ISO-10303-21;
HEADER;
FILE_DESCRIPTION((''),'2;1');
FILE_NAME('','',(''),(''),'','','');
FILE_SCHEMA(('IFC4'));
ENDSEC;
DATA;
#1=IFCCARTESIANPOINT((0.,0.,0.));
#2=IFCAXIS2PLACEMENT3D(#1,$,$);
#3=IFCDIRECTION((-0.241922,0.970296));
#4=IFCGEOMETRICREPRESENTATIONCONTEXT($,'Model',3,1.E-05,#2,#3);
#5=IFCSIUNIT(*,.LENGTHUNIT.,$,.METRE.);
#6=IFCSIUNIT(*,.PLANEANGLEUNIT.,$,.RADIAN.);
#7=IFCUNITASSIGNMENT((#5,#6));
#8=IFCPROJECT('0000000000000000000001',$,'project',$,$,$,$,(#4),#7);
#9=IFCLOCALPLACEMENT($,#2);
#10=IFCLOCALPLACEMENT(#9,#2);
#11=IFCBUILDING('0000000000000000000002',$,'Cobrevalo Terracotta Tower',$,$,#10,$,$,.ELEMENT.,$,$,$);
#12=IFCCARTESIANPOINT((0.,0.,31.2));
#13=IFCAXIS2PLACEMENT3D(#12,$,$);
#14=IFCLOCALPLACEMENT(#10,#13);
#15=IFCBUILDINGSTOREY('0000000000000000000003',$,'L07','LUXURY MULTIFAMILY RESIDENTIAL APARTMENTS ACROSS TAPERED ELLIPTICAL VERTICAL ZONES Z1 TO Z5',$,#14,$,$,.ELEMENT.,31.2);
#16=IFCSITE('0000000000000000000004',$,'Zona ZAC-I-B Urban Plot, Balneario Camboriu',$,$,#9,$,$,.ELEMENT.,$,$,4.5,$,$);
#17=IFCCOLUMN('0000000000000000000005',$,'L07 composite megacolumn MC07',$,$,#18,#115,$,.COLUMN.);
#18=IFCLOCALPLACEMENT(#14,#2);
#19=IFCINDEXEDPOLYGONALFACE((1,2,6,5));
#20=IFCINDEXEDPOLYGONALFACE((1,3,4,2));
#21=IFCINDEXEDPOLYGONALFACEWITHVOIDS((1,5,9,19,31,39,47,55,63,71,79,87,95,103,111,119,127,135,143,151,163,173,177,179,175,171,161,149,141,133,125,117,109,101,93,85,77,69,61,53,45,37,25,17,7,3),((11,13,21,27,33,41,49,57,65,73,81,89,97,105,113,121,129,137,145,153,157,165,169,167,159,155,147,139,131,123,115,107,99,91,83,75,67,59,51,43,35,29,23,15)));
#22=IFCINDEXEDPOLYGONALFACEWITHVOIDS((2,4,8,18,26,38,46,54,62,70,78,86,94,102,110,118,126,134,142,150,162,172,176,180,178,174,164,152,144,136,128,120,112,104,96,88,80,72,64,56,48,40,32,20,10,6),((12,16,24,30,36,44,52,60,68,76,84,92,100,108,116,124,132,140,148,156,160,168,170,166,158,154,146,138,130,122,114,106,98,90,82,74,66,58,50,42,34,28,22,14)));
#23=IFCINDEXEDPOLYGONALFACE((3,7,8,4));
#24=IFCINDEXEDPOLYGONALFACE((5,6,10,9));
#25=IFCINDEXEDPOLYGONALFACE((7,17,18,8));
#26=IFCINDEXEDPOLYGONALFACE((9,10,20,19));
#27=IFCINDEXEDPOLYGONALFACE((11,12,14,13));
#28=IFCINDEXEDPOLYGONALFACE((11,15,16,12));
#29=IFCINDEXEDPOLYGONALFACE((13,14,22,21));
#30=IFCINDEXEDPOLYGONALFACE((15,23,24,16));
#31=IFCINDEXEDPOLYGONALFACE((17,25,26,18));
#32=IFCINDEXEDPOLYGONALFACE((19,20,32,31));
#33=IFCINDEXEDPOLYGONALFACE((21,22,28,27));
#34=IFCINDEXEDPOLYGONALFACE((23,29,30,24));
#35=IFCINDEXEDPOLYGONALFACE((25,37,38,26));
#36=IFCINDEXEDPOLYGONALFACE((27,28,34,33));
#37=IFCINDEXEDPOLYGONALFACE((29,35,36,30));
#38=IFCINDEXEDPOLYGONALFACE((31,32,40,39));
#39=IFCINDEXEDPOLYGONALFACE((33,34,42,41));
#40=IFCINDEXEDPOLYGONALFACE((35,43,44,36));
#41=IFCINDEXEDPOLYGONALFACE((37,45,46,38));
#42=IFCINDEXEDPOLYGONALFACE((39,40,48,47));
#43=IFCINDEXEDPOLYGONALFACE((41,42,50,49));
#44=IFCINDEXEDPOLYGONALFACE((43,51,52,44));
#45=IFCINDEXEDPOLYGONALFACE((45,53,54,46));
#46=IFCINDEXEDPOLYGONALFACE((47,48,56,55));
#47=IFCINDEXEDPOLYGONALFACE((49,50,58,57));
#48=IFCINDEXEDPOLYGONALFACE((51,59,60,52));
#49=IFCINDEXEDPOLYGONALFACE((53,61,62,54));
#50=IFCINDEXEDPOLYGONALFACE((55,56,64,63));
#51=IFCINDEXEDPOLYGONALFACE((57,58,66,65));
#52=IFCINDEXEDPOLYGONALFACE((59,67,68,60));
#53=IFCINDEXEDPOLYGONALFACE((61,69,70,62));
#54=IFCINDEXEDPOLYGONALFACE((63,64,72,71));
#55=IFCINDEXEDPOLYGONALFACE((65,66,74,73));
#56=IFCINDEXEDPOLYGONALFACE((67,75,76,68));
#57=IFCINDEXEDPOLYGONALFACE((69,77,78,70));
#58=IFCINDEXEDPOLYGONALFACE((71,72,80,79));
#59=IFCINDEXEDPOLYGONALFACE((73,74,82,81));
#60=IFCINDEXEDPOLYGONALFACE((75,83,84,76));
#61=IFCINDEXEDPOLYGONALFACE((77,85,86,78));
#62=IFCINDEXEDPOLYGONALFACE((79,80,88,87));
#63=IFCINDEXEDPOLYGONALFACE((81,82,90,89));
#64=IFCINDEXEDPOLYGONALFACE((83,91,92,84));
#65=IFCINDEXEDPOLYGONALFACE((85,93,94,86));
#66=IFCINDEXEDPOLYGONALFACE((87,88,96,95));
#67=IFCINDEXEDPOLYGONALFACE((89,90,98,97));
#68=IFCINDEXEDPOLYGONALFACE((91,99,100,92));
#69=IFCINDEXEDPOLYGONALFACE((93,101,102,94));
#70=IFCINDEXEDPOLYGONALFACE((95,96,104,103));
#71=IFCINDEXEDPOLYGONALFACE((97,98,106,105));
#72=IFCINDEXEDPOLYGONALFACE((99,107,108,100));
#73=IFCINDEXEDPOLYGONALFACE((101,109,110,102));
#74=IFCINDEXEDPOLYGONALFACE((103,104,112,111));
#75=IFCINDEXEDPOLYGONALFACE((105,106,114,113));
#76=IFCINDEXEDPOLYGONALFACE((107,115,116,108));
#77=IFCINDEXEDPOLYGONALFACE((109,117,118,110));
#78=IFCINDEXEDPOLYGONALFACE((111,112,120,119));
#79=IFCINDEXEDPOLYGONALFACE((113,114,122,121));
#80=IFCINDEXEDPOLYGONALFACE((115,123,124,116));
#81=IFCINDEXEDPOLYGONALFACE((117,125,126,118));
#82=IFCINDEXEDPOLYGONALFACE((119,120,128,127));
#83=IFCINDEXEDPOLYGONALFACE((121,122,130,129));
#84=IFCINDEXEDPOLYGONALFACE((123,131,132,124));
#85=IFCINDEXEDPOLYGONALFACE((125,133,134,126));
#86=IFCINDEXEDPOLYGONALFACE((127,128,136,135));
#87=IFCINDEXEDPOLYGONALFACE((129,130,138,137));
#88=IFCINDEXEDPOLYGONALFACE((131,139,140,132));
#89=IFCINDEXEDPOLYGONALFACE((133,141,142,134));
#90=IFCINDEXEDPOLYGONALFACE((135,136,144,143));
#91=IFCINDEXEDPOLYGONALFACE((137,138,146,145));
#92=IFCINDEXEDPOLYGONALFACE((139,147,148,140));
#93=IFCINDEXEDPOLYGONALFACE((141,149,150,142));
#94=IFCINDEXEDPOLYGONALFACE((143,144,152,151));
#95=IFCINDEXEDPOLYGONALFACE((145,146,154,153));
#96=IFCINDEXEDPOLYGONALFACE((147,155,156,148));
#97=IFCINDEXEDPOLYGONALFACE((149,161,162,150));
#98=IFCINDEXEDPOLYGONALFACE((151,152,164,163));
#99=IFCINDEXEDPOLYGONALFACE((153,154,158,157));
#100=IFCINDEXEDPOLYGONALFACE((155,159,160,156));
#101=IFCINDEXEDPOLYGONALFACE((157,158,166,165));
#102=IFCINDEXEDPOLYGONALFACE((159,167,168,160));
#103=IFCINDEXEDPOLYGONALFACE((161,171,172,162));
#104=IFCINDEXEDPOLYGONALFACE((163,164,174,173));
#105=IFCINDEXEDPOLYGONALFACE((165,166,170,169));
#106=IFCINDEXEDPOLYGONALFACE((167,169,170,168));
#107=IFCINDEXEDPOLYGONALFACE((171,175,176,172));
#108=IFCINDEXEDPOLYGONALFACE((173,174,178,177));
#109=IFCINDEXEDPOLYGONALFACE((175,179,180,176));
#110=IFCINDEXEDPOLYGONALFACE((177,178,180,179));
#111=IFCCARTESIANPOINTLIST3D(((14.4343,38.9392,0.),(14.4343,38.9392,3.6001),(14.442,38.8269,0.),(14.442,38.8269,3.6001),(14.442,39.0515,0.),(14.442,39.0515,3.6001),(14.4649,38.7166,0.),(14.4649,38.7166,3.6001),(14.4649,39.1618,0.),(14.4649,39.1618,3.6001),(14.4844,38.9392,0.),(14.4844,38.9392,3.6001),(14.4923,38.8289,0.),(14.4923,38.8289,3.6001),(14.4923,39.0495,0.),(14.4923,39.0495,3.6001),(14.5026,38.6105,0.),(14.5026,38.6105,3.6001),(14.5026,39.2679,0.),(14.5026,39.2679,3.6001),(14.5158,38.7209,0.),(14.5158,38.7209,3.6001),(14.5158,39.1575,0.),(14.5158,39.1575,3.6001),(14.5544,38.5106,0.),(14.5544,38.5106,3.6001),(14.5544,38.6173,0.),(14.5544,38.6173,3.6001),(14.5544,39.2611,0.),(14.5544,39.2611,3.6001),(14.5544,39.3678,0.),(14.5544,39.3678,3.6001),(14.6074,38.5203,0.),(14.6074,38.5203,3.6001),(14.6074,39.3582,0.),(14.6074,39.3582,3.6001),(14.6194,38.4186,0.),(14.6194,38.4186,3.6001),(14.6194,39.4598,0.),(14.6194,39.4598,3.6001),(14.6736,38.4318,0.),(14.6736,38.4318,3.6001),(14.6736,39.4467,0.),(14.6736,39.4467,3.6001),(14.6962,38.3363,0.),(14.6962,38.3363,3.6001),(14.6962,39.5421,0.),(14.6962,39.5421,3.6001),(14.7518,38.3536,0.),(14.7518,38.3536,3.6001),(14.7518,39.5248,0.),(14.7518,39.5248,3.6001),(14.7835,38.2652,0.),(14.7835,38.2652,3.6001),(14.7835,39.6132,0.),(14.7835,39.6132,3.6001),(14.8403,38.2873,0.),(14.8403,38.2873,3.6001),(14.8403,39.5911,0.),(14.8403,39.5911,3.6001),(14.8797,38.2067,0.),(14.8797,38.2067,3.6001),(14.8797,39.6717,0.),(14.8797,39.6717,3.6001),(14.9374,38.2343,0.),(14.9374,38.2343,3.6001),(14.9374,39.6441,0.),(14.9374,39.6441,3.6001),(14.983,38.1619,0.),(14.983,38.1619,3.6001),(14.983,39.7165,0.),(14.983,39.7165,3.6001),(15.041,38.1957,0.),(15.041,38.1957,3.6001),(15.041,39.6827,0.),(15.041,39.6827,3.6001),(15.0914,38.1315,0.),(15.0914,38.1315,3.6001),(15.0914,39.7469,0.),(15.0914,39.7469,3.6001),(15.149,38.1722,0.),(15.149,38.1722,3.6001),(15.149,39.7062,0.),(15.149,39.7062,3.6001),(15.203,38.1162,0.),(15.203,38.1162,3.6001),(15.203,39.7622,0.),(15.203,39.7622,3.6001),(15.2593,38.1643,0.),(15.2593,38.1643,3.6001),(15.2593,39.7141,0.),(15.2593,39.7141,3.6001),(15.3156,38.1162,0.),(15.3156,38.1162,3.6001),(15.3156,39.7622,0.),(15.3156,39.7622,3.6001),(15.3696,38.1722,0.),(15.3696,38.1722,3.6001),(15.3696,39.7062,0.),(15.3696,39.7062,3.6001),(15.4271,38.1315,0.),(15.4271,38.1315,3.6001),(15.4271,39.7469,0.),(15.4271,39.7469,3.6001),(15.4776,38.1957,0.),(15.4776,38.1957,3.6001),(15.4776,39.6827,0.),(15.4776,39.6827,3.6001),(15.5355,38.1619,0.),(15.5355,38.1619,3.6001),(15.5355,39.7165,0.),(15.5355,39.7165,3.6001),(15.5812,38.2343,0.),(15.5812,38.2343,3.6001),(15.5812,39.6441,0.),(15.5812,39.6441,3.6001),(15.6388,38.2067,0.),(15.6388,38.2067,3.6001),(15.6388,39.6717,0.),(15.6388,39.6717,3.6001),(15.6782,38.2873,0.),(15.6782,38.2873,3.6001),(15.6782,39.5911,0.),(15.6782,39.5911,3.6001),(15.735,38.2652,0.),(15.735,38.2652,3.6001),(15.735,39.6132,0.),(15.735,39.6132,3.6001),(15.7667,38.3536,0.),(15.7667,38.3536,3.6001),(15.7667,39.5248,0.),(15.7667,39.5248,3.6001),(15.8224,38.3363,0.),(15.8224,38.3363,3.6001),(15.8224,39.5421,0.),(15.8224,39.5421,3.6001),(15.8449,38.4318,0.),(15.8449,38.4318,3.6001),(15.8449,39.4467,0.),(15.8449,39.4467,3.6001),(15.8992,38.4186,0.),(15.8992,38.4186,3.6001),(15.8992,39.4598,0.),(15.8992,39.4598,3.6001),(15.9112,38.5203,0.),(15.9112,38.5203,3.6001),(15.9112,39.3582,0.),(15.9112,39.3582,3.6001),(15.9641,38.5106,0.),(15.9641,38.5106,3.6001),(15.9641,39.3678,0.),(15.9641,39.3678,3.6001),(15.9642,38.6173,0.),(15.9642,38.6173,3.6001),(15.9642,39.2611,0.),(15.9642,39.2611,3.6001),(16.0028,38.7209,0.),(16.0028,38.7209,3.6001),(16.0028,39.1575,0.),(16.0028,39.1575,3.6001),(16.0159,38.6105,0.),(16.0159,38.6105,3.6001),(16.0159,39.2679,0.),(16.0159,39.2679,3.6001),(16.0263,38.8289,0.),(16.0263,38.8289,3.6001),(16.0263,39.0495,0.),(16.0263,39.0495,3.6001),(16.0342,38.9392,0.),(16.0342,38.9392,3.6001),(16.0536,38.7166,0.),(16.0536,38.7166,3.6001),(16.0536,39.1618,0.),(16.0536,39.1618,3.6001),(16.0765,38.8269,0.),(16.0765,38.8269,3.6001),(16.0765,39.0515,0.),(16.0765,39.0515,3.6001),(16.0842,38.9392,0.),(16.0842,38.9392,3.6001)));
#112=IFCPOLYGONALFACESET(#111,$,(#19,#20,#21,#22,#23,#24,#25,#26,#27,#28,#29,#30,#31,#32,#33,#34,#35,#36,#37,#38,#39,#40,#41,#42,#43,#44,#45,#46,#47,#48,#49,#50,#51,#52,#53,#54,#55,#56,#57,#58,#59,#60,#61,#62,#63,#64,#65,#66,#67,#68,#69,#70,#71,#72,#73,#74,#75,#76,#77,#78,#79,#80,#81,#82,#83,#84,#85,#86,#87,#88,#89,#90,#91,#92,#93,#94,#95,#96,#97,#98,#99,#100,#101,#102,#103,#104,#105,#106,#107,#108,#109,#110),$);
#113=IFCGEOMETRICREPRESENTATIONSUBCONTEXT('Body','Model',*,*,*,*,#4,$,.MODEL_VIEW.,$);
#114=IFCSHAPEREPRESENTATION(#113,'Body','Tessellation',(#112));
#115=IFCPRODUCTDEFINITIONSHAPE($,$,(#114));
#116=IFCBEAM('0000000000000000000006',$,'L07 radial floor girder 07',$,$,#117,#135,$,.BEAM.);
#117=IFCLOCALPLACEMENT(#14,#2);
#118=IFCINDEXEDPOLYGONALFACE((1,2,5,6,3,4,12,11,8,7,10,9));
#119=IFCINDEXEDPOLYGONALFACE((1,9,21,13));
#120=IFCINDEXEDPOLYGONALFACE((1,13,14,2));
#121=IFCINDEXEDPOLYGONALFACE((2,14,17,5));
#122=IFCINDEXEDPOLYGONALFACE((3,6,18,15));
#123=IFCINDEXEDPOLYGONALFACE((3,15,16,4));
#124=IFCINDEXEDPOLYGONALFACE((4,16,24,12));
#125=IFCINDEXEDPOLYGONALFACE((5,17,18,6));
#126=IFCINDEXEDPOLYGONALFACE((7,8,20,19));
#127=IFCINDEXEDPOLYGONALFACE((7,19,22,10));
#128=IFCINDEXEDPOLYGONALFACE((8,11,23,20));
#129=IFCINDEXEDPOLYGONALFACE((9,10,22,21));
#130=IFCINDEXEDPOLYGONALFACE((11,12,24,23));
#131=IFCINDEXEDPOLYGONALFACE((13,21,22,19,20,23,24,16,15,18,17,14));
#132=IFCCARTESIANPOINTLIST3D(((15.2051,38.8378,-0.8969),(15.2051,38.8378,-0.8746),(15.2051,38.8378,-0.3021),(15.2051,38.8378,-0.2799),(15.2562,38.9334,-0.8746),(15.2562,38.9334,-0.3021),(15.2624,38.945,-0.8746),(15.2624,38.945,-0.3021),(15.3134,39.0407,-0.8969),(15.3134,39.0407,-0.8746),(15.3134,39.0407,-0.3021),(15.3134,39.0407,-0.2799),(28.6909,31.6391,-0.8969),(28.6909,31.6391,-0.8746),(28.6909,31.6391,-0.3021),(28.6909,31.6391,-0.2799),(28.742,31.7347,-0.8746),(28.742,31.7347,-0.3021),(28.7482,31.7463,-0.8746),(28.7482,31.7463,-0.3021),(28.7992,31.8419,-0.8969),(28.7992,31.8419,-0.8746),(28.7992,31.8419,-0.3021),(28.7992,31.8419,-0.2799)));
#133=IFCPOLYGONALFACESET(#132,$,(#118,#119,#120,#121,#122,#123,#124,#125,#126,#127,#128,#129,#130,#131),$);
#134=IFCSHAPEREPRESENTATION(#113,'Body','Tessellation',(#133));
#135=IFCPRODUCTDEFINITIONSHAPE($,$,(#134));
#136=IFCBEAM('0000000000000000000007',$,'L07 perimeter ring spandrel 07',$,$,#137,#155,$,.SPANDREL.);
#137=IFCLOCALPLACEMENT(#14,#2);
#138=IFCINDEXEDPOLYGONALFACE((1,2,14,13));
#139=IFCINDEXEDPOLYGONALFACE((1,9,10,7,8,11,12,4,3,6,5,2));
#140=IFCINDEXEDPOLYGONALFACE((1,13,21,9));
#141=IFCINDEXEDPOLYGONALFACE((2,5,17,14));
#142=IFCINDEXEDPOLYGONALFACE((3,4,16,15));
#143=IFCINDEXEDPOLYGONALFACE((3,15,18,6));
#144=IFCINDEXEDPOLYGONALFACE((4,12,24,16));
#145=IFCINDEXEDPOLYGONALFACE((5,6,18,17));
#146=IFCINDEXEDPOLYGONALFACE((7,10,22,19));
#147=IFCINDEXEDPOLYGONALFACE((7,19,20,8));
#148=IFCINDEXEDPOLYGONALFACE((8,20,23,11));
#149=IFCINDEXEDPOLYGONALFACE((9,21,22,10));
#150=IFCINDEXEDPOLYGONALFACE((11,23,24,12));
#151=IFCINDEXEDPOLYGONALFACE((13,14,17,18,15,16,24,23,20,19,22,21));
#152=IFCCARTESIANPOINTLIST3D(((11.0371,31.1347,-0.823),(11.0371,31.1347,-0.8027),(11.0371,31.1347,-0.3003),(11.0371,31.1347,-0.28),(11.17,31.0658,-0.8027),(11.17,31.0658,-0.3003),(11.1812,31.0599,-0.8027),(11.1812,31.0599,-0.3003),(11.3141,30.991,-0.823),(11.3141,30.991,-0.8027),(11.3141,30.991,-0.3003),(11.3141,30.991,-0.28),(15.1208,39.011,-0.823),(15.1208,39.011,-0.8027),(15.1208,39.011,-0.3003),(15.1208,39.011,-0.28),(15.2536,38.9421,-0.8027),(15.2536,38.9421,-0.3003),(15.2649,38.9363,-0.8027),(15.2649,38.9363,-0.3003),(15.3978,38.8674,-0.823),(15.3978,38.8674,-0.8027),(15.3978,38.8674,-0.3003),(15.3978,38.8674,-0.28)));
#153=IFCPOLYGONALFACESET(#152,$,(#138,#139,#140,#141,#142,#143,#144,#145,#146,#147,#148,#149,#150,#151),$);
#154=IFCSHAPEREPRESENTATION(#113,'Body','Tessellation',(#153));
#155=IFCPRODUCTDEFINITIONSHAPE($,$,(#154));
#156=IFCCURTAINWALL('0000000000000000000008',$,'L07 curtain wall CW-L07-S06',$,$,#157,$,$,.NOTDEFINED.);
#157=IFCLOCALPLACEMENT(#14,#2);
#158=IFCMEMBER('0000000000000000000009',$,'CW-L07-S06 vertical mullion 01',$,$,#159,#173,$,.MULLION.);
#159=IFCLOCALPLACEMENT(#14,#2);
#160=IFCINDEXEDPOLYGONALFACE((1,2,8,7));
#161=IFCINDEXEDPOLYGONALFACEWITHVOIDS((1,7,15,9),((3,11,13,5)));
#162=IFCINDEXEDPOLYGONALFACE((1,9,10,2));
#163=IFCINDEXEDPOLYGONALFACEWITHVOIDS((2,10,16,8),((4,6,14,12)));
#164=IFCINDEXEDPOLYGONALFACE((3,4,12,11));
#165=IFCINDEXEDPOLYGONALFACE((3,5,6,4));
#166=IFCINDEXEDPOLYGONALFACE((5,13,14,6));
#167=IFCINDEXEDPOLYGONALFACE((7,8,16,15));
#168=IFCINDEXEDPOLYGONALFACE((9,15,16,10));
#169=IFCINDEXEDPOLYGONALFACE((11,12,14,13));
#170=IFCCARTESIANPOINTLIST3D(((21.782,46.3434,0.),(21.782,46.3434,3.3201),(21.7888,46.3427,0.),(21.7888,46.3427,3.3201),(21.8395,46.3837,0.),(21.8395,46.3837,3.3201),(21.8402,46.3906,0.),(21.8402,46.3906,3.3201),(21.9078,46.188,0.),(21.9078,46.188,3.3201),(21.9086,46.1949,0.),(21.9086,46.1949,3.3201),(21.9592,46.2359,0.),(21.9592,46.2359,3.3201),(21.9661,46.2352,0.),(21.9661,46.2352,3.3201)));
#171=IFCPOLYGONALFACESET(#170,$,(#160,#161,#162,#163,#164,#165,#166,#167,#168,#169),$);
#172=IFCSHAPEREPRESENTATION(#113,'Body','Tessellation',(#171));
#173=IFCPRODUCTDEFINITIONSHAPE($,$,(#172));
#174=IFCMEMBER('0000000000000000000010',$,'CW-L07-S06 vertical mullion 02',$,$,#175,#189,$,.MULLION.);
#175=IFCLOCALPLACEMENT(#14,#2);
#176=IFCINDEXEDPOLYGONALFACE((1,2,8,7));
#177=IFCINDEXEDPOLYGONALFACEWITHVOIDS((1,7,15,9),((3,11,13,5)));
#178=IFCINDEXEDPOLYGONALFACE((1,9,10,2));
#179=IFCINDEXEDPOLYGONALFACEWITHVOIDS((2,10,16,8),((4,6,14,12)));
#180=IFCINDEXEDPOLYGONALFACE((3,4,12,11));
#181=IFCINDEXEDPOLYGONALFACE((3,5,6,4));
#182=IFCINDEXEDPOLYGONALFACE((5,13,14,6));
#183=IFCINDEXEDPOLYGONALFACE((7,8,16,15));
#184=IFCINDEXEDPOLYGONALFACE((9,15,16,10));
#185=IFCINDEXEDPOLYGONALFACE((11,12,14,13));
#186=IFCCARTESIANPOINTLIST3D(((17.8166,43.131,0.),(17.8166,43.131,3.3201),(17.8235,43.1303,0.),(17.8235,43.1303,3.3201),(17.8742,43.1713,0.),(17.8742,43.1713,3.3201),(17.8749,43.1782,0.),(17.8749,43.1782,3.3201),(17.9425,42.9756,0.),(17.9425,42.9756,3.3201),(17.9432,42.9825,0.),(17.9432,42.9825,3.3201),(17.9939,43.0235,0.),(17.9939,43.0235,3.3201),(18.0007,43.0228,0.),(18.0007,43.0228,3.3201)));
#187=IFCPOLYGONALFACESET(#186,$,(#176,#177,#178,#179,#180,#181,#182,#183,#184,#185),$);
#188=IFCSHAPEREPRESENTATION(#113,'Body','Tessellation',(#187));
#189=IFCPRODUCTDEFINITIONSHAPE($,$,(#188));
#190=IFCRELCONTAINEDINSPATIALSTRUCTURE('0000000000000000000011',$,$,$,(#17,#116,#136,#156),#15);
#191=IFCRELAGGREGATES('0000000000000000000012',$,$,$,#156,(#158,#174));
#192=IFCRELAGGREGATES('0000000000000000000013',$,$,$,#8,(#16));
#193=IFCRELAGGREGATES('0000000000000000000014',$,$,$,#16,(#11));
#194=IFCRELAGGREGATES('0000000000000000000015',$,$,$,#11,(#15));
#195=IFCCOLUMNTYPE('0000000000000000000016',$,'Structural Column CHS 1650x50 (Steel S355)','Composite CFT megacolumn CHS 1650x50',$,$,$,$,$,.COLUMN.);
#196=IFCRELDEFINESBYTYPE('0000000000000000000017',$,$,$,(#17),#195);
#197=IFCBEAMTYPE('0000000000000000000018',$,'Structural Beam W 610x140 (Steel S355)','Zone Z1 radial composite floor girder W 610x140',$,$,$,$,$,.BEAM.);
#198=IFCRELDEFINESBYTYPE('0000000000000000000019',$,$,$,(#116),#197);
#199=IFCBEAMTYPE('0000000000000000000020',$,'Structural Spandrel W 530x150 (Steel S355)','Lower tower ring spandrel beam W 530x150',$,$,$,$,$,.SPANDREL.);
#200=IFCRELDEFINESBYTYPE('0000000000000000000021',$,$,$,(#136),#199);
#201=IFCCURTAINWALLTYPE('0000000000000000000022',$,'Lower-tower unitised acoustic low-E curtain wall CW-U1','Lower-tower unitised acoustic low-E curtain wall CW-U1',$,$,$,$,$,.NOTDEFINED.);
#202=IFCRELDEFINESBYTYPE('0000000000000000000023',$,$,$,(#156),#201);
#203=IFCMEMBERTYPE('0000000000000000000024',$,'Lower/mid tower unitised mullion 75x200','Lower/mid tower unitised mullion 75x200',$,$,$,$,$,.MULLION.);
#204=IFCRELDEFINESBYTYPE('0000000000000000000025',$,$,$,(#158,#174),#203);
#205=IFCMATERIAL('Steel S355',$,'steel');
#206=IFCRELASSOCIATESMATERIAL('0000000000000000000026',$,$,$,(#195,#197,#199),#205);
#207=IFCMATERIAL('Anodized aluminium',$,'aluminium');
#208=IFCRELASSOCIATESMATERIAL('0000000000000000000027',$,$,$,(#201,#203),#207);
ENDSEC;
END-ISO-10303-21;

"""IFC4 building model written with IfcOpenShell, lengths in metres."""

from ifc_helpers import new_model, si_unit, direction, frame, origin, origin_2d, place, context, subcontext, project, spatial, hollow_rectangle, hollow_circle, i_section, extrude, source, transform, mapped, material, material_profile, profile_set, type_object, element, aggregate, save


model = new_model("IFC4")

# Units and contexts
model_context = context("Model", 3, precision=1e-05, world=origin(), true_north=direction((-0.241922, 0.970296)))
body_context = subcontext(model_context, "Body", "Model", "MODEL_VIEW")
ifc_project = project(units=[si_unit("LENGTHUNIT", "METRE"), si_unit("PLANEANGLEUNIT", "RADIAN")], contexts=[model_context])

# Site, building, storey
site_placement = place(None, origin())
site = spatial("IfcSite", under=ifc_project, at=site_placement, Name="Zona ZAC-I-B Urban Plot, Balneario Camboriu", CompositionType="ELEMENT", RefElevation=4.5)
building_placement = place(site_placement, origin())
building = spatial("IfcBuilding", under=site, at=building_placement, Name="Cobrevalo Terracotta Tower", CompositionType="ELEMENT")
storey_placement = place(building_placement, frame((0.0, 0.0, 31.2)))
storey = spatial("IfcBuildingStorey", under=building, at=storey_placement, Name="L07", Description="LUXURY MULTIFAMILY RESIDENTIAL APARTMENTS ACROSS TAPERED ELLIPTICAL VERTICAL ZONES Z1 TO Z5", CompositionType="ELEMENT", Elevation=31.2)

# Column
ifc_material_1 = material(Name="Steel S355", Category="steel")
ifc_material_profile_1 = material_profile(ifc_material_1, hollow_circle(Radius=0.825, WallThickness=0.05, at=origin_2d()), Name="CHS 1650x50")
ifc_profile_set_1 = profile_set([ifc_material_profile_1], Name="Steel S355")
column_type = type_object("IfcColumnType", Name="Structural Column CHS 1650x50 (Steel S355)", Description="Composite CFT megacolumn CHS 1650x50", PredefinedType="COLUMN", material=ifc_profile_set_1)
column_placement = place(storey_placement, frame((15.2593, 38.9392, 0.0), z_axis=(0.0, 0.0, 1.0), x_axis=(1.0, 0.0, 0.0)))
element("IfcColumn", 1, at=column_placement, inside=storey, type_object=column_type, Name="L07 composite megacolumn MC07", PredefinedType="COLUMN", context=body_context, shape_type="SweptSolid", body=[
    extrude(hollow_circle(Radius=0.825, WallThickness=0.05, at=origin_2d()), origin(), (0.0, 0.0, 1.0), 3.6001),
])

# Beams
ifc_material_profile_2 = material_profile(ifc_material_1, i_section(OverallWidth=0.23, OverallDepth=0.6169, WebThickness=0.0132, FlangeThickness=0.0222, at=origin_2d()), Name="W 610x140")
ifc_profile_set_2 = profile_set([ifc_material_profile_2], Name="Steel S355")
beam_type_1 = type_object("IfcBeamType", Name="Structural Beam W 610x140 (Steel S355)", Description="Zone Z1 radial composite floor girder W 610x140", PredefinedType="BEAM", material=ifc_profile_set_2)
beam_1_placement = place(storey_placement, frame((15.2593, 38.9392, -0.5884), z_axis=(0.882182, -0.470908, 0.0), x_axis=(0.470908, 0.882182, 0.0)))
element("IfcBeam", 2, at=beam_1_placement, inside=storey, type_object=beam_type_1, Name="L07 radial floor girder 07", PredefinedType="BEAM", context=body_context, shape_type="SweptSolid", body=[
    extrude(i_section(OverallWidth=0.23, OverallDepth=0.6169, WebThickness=0.0132, FlangeThickness=0.0222, at=origin_2d()), origin(), (0.0, 0.0, 1.0), 15.2869),
])
ifc_material_profile_3 = material_profile(ifc_material_1, i_section(OverallWidth=0.312, OverallDepth=0.543, WebThickness=0.0127, FlangeThickness=0.0203, at=origin_2d()), Name="W 530x150")
ifc_profile_set_3 = profile_set([ifc_material_profile_3], Name="Steel S355")
beam_type_2 = type_object("IfcBeamType", Name="Structural Spandrel W 530x150 (Steel S355)", Description="Lower tower ring spandrel beam W 530x150", PredefinedType="SPANDREL", material=ifc_profile_set_3)
beam_2_placement = place(storey_placement, frame((15.2593, 38.9392, -0.5515), z_axis=(-0.460286, -0.887771, 0.0), x_axis=(0.887771, -0.460286, 0.0)))
element("IfcBeam", 3, at=beam_2_placement, inside=storey, type_object=beam_type_2, Name="L07 perimeter ring spandrel 07", PredefinedType="SPANDREL", context=body_context, shape_type="SweptSolid", body=[
    extrude(i_section(OverallWidth=0.312, OverallDepth=0.543, WebThickness=0.0127, FlangeThickness=0.0203, at=origin_2d()), origin(), (0.0, 0.0, 1.0), 8.8721),
])

# Curtain wall, members
ifc_material_2 = material(Name="Anodized aluminium", Category="aluminium")
curtain_wall_type = type_object("IfcCurtainWallType", Name="Lower-tower unitised acoustic low-E curtain wall CW-U1", Description="Lower-tower unitised acoustic low-E curtain wall CW-U1", PredefinedType="NOTDEFINED", material=ifc_material_2)
curtain_wall_1_placement = place(storey_placement, origin())
curtain_wall_1 = element("IfcCurtainWall", 4, at=curtain_wall_1_placement, inside=storey, type_object=curtain_wall_type, Name="L07 curtain wall CW-L07-S06", PredefinedType="NOTDEFINED")
ifc_material_profile_4 = material_profile(ifc_material_2, hollow_rectangle(XDim=0.075, YDim=0.2, WallThickness=0.0049, at=origin_2d()), Name="CWM 75x200")
ifc_profile_set_4 = profile_set([ifc_material_profile_4], Name="Anodized aluminium")
member_type_1 = type_object("IfcMemberType", Name="Lower/mid tower unitised mullion 75x200", Description="Lower/mid tower unitised mullion 75x200", PredefinedType="MULLION", material=ifc_profile_set_4)
shared_shape_1 = source(origin(), body_context, "Body", "SweptSolid", [
    extrude(hollow_rectangle(XDim=0.075, YDim=0.2, WallThickness=0.0049, at=origin_2d()), origin(), (0.0, 0.0, 1.0), 3.3201),
])
member_1_placement = place(storey_placement, frame((21.874, 46.2893, 0.0), z_axis=(0.0, 0.0, 1.0), x_axis=(-0.777003, -0.629497, 0.0)))
member_1 = element("IfcMember", 5, at=member_1_placement, type_object=member_type_1, Name="CW-L07-S06 vertical mullion 01", PredefinedType="MULLION", context=body_context, shape_type="MappedRepresentation", body=[
    mapped(shared_shape_1, transform((0.0, 0.0, 0.0), scale=1.0)),
])
member_2_placement = place(storey_placement, frame((17.9087, 43.0769, 0.0), z_axis=(0.0, 0.0, 1.0), x_axis=(-0.777003, -0.629497, 0.0)))
member_2 = element("IfcMember", 6, at=member_2_placement, type_object=member_type_1, Name="CW-L07-S06 vertical mullion 02", PredefinedType="MULLION", context=body_context, shape_type="MappedRepresentation", body=[
    mapped(shared_shape_1, transform((0.0, 0.0, 0.0), scale=1.0)),
])

aggregate(curtain_wall_1, [member_1, member_2])

save(model, "model.ifc")
